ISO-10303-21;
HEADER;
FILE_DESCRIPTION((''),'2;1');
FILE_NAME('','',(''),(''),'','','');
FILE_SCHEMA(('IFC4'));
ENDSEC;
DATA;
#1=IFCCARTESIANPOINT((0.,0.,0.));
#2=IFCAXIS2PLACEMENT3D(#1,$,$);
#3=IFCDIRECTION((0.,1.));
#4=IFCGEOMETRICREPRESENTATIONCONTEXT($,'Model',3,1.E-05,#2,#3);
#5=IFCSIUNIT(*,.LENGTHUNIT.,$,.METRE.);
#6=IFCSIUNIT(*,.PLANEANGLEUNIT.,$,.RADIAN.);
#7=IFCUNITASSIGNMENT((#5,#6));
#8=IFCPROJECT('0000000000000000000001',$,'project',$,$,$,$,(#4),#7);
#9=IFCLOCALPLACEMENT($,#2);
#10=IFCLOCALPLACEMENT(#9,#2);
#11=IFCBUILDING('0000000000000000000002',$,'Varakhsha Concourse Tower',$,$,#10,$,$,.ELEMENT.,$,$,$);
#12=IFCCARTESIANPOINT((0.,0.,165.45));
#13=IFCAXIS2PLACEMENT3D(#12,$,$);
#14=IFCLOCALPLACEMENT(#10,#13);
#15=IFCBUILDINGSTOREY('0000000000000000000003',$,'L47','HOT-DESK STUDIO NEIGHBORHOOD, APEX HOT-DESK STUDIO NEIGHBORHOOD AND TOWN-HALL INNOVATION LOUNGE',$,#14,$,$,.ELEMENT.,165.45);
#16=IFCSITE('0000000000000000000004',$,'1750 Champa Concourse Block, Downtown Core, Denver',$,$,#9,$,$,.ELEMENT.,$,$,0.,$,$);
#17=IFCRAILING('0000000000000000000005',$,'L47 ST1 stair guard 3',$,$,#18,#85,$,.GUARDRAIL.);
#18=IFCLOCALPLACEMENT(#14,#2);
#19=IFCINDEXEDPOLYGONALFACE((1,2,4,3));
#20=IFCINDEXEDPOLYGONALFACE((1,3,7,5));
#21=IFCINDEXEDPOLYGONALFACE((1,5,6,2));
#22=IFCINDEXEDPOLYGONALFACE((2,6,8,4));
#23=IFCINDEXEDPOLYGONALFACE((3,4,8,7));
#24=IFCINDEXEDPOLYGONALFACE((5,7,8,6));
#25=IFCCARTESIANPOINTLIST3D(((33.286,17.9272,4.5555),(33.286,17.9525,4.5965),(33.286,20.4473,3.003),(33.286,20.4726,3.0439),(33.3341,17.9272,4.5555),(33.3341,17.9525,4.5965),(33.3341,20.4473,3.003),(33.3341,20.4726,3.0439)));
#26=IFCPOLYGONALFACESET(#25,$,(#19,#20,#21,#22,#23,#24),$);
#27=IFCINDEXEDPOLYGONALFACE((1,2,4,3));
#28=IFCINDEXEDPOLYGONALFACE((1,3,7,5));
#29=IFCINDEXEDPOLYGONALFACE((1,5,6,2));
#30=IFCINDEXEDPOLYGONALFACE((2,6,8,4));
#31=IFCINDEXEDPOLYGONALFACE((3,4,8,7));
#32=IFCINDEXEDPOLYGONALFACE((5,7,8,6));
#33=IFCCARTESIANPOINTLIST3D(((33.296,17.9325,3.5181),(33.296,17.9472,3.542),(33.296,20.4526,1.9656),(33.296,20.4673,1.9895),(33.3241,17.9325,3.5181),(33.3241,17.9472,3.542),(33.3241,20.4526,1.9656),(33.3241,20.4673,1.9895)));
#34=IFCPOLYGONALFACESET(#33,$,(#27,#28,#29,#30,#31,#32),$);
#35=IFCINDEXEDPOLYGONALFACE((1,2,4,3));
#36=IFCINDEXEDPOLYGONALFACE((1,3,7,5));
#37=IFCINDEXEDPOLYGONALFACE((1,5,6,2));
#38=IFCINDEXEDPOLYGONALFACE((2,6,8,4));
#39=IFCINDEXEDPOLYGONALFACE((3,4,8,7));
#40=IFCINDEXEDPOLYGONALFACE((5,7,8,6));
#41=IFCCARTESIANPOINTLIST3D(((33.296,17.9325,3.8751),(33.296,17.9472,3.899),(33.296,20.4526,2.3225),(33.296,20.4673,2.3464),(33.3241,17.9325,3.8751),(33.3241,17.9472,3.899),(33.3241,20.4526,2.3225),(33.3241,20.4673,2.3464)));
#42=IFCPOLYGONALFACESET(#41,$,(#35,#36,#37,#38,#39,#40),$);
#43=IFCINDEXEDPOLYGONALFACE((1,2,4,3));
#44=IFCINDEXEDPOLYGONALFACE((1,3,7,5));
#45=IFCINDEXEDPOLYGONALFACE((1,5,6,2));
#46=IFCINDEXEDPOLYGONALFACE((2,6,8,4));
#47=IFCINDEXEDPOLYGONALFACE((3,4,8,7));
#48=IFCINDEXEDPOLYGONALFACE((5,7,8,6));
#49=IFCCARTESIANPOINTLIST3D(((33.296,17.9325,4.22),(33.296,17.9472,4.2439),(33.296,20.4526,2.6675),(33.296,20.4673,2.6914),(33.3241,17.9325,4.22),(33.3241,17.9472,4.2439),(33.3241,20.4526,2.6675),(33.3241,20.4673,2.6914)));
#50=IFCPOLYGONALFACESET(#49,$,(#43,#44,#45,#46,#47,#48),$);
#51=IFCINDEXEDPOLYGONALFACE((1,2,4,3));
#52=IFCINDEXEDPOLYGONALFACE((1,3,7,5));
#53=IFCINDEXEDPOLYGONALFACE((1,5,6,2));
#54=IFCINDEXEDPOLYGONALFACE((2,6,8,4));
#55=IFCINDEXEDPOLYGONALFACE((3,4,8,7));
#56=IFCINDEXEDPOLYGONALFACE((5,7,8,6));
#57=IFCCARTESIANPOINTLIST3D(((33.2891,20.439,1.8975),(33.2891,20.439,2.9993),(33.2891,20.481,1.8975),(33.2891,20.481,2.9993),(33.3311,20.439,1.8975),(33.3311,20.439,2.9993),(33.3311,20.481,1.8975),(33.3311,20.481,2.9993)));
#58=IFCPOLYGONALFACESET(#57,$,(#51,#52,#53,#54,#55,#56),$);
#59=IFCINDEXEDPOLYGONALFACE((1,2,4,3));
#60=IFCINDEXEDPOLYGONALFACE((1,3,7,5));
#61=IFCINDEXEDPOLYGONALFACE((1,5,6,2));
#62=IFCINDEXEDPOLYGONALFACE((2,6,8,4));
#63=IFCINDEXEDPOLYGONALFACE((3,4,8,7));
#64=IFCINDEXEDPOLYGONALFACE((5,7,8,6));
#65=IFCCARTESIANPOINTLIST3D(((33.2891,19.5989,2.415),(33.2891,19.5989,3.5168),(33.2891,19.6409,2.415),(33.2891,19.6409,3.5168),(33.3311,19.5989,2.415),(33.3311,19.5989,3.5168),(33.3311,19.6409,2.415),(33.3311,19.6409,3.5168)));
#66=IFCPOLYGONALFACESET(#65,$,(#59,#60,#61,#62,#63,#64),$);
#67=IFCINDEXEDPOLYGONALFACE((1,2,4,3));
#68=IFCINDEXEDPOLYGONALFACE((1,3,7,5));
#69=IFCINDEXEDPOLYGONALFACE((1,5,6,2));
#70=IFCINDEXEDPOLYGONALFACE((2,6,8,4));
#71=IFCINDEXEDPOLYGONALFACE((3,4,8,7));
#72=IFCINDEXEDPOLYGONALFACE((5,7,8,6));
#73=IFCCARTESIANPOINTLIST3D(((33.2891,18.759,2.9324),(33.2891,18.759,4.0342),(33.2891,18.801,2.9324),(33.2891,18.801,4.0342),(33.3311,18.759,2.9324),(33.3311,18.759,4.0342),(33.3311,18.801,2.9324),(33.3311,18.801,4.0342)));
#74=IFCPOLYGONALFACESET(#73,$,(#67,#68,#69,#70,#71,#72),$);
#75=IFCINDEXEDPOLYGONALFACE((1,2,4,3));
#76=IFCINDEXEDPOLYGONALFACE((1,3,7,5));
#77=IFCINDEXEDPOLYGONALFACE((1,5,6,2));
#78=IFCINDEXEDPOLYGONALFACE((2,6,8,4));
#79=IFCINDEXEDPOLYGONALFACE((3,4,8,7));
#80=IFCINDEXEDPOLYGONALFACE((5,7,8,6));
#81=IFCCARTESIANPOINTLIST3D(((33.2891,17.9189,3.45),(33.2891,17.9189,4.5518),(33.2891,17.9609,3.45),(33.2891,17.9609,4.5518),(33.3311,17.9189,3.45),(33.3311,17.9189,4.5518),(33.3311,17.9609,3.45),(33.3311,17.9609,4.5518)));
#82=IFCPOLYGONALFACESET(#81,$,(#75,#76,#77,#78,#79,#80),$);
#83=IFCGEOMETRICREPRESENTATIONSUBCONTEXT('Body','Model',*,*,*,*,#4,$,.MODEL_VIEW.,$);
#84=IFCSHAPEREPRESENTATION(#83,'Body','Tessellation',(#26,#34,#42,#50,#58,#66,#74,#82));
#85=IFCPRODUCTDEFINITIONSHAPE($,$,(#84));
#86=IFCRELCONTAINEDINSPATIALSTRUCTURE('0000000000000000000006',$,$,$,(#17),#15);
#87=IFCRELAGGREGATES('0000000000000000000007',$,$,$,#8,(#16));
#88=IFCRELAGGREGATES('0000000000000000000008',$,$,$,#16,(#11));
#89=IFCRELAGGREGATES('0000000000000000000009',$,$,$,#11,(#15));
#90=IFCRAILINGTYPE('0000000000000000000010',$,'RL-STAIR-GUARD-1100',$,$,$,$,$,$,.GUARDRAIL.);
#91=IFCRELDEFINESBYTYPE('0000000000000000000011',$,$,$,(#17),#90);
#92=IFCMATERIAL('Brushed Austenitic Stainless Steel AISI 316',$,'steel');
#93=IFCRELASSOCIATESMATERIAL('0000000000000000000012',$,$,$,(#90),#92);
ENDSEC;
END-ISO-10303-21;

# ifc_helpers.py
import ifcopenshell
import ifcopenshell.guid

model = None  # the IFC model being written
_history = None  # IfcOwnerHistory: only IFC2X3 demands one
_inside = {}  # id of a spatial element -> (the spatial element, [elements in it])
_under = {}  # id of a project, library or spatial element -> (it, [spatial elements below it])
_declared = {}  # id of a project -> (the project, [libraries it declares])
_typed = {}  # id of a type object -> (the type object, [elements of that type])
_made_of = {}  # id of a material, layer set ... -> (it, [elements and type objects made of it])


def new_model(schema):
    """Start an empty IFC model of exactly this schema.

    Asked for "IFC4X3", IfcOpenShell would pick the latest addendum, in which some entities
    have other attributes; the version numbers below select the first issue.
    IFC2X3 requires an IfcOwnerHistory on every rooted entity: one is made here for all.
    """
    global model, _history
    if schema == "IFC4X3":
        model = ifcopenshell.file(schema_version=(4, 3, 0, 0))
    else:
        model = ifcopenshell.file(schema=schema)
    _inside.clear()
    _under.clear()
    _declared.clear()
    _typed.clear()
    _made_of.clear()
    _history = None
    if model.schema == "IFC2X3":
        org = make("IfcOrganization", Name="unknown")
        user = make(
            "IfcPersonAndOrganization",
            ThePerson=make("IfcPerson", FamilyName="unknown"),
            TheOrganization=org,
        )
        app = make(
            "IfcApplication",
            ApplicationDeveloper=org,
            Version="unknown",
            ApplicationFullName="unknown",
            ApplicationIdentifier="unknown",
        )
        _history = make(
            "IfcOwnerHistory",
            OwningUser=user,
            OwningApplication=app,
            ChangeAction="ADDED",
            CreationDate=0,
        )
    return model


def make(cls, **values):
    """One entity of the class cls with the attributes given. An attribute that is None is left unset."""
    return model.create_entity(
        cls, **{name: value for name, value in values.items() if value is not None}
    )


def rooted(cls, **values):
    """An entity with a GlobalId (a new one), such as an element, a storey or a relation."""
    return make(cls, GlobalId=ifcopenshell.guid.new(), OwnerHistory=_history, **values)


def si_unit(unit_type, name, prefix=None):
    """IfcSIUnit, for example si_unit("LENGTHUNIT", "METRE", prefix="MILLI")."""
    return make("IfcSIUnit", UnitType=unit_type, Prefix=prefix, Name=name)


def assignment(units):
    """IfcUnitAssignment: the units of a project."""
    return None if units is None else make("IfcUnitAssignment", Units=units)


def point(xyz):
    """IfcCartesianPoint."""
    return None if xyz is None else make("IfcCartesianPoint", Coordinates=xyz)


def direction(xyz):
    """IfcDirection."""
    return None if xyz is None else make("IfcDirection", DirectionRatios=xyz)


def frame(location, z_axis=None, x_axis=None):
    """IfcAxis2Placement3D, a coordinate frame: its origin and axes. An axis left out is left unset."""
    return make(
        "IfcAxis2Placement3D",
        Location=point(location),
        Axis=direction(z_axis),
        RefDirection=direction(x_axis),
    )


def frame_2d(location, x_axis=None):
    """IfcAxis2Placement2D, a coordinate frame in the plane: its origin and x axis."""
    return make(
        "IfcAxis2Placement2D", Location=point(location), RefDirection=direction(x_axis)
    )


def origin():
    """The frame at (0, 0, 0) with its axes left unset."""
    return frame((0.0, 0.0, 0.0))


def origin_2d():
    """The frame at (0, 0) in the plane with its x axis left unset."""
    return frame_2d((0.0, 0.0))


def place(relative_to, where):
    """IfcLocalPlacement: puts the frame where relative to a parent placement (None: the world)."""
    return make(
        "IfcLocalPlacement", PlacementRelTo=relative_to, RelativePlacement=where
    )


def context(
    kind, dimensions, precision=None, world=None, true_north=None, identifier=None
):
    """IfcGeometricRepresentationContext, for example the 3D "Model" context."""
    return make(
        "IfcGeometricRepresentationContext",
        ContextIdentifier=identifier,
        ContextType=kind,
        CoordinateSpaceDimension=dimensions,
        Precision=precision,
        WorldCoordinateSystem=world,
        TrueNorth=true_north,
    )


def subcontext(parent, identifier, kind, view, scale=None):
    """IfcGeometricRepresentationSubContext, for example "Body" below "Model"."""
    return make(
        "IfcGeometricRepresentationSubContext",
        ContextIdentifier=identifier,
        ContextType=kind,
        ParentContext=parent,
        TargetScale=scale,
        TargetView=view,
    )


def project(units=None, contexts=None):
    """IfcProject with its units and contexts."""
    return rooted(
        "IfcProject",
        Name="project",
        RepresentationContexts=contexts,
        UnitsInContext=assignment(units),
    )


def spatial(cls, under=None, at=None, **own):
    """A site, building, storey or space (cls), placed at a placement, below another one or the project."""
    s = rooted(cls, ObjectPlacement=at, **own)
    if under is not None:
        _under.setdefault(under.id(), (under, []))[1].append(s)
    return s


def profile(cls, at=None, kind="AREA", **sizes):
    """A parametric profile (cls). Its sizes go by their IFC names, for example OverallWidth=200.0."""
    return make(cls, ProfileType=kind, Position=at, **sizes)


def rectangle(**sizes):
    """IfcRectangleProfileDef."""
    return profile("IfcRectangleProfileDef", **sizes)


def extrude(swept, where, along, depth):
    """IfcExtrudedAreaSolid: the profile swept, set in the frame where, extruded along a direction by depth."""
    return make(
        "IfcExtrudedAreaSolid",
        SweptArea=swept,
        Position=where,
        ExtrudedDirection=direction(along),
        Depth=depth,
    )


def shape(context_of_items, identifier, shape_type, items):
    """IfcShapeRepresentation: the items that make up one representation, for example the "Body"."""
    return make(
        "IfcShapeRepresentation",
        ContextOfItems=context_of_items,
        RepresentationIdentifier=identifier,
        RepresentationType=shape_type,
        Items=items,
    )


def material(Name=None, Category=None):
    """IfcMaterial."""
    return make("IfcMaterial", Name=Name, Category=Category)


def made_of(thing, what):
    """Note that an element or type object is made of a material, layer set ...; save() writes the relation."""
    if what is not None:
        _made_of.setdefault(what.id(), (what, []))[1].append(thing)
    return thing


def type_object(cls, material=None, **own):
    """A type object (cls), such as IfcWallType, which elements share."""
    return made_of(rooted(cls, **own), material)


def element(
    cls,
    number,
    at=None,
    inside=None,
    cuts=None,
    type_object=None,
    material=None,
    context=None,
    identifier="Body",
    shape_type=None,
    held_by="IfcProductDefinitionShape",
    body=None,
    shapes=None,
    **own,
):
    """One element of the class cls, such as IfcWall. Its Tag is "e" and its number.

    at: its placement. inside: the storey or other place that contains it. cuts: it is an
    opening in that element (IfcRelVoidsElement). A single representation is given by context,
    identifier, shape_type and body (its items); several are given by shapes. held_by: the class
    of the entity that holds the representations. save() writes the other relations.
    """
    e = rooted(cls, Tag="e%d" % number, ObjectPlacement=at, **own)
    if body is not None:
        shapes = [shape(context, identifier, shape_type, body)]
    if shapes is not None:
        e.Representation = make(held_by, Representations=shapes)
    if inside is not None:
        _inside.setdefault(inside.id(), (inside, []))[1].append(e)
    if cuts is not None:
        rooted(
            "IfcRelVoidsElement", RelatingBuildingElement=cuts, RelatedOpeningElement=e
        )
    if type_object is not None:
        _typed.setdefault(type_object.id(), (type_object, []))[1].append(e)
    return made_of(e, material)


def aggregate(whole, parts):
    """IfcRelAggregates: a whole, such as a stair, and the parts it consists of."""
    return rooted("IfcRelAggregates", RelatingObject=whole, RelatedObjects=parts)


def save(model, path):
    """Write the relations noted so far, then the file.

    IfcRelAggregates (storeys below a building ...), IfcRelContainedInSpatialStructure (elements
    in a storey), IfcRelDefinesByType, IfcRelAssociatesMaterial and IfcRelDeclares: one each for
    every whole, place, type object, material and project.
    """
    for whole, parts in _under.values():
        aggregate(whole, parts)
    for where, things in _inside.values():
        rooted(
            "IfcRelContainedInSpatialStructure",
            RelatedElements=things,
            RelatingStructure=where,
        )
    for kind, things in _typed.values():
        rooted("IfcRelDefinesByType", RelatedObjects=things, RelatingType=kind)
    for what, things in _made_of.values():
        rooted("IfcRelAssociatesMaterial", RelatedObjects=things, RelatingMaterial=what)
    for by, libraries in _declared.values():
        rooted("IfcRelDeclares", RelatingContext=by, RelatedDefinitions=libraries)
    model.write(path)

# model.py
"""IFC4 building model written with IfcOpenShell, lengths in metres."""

from ifc_helpers import new_model, si_unit, direction, frame, origin, origin_2d, place, context, subcontext, project, spatial, rectangle, extrude, material, type_object, element, save


model = new_model("IFC4")

# Units and contexts
model_context = context("Model", 3, precision=1e-05, world=origin(), true_north=direction((0.0, 1.0)))
body_context = subcontext(model_context, "Body", "Model", "MODEL_VIEW")
ifc_project = project(units=[si_unit("LENGTHUNIT", "METRE"), si_unit("PLANEANGLEUNIT", "RADIAN")], contexts=[model_context])

# Site, building, storey
site_placement = place(None, origin())
site = spatial("IfcSite", under=ifc_project, at=site_placement, Name="1750 Champa Concourse Block, Downtown Core, Denver", CompositionType="ELEMENT", RefElevation=0.0)
building_placement = place(site_placement, origin())
building = spatial("IfcBuilding", under=site, at=building_placement, Name="Varakhsha Concourse Tower", CompositionType="ELEMENT")
storey_placement = place(building_placement, frame((0.0, 0.0, 165.45)))
storey = spatial("IfcBuildingStorey", under=building, at=storey_placement, Name="L47", Description="HOT-DESK STUDIO NEIGHBORHOOD, APEX HOT-DESK STUDIO NEIGHBORHOOD AND TOWN-HALL INNOVATION LOUNGE", CompositionType="ELEMENT", Elevation=165.45)

# Shared definitions
ifc_material_1 = material(Name="Brushed Austenitic Stainless Steel AISI 316", Category="steel")

# Railing
railing_type = type_object("IfcRailingType", Name="RL-STAIR-GUARD-1100", PredefinedType="GUARDRAIL", material=ifc_material_1)
railing_1_placement = place(storey_placement, frame((33.3101, 20.46, 1.8975)))
element("IfcRailing", 1, at=railing_1_placement, inside=storey, type_object=railing_type, Name="L47 ST1 stair guard 3", PredefinedType="GUARDRAIL", context=body_context, shape_type="SweptSolid", body=[
    extrude(rectangle(XDim=0.0481, YDim=0.0481, at=origin_2d()), frame((0.0, 0.0, 1.126), z_axis=(0.0, -0.8514, 0.524516), x_axis=(1.0, 0.0, 0.0)), (0.0, 0.0, 1.0), 2.96),
    extrude(rectangle(XDim=0.0281, YDim=0.0281, at=origin_2d()), frame((0.0, 0.0, 0.0801), z_axis=(0.0, -0.8514, 0.524516), x_axis=(1.0, 0.0, 0.0)), (0.0, 0.0, 1.0), 2.96),
    extrude(rectangle(XDim=0.0281, YDim=0.0281, at=origin_2d()), frame((0.0, 0.0, 0.437), z_axis=(0.0, -0.8514, 0.524516), x_axis=(1.0, 0.0, 0.0)), (0.0, 0.0, 1.0), 2.96),
    extrude(rectangle(XDim=0.0281, YDim=0.0281, at=origin_2d()), frame((0.0, 0.0, 0.782), z_axis=(0.0, -0.8514, 0.524516), x_axis=(1.0, 0.0, 0.0)), (0.0, 0.0, 1.0), 2.96),
    extrude(rectangle(XDim=0.042, YDim=0.042, at=origin_2d()), origin(), (0.0, 0.0, 1.0), 1.1018),
    extrude(rectangle(XDim=0.042, YDim=0.042, at=origin_2d()), frame((0.0, -0.8401, 0.5176)), (0.0, 0.0, 1.0), 1.1018),
    extrude(rectangle(XDim=0.042, YDim=0.042, at=origin_2d()), frame((0.0, -1.6799, 1.0349)), (0.0, 0.0, 1.0), 1.1018),
    extrude(rectangle(XDim=0.042, YDim=0.042, at=origin_2d()), frame((0.0, -2.52, 1.5525)), (0.0, 0.0, 1.0), 1.1018),
])

save(model, "model.ifc")
